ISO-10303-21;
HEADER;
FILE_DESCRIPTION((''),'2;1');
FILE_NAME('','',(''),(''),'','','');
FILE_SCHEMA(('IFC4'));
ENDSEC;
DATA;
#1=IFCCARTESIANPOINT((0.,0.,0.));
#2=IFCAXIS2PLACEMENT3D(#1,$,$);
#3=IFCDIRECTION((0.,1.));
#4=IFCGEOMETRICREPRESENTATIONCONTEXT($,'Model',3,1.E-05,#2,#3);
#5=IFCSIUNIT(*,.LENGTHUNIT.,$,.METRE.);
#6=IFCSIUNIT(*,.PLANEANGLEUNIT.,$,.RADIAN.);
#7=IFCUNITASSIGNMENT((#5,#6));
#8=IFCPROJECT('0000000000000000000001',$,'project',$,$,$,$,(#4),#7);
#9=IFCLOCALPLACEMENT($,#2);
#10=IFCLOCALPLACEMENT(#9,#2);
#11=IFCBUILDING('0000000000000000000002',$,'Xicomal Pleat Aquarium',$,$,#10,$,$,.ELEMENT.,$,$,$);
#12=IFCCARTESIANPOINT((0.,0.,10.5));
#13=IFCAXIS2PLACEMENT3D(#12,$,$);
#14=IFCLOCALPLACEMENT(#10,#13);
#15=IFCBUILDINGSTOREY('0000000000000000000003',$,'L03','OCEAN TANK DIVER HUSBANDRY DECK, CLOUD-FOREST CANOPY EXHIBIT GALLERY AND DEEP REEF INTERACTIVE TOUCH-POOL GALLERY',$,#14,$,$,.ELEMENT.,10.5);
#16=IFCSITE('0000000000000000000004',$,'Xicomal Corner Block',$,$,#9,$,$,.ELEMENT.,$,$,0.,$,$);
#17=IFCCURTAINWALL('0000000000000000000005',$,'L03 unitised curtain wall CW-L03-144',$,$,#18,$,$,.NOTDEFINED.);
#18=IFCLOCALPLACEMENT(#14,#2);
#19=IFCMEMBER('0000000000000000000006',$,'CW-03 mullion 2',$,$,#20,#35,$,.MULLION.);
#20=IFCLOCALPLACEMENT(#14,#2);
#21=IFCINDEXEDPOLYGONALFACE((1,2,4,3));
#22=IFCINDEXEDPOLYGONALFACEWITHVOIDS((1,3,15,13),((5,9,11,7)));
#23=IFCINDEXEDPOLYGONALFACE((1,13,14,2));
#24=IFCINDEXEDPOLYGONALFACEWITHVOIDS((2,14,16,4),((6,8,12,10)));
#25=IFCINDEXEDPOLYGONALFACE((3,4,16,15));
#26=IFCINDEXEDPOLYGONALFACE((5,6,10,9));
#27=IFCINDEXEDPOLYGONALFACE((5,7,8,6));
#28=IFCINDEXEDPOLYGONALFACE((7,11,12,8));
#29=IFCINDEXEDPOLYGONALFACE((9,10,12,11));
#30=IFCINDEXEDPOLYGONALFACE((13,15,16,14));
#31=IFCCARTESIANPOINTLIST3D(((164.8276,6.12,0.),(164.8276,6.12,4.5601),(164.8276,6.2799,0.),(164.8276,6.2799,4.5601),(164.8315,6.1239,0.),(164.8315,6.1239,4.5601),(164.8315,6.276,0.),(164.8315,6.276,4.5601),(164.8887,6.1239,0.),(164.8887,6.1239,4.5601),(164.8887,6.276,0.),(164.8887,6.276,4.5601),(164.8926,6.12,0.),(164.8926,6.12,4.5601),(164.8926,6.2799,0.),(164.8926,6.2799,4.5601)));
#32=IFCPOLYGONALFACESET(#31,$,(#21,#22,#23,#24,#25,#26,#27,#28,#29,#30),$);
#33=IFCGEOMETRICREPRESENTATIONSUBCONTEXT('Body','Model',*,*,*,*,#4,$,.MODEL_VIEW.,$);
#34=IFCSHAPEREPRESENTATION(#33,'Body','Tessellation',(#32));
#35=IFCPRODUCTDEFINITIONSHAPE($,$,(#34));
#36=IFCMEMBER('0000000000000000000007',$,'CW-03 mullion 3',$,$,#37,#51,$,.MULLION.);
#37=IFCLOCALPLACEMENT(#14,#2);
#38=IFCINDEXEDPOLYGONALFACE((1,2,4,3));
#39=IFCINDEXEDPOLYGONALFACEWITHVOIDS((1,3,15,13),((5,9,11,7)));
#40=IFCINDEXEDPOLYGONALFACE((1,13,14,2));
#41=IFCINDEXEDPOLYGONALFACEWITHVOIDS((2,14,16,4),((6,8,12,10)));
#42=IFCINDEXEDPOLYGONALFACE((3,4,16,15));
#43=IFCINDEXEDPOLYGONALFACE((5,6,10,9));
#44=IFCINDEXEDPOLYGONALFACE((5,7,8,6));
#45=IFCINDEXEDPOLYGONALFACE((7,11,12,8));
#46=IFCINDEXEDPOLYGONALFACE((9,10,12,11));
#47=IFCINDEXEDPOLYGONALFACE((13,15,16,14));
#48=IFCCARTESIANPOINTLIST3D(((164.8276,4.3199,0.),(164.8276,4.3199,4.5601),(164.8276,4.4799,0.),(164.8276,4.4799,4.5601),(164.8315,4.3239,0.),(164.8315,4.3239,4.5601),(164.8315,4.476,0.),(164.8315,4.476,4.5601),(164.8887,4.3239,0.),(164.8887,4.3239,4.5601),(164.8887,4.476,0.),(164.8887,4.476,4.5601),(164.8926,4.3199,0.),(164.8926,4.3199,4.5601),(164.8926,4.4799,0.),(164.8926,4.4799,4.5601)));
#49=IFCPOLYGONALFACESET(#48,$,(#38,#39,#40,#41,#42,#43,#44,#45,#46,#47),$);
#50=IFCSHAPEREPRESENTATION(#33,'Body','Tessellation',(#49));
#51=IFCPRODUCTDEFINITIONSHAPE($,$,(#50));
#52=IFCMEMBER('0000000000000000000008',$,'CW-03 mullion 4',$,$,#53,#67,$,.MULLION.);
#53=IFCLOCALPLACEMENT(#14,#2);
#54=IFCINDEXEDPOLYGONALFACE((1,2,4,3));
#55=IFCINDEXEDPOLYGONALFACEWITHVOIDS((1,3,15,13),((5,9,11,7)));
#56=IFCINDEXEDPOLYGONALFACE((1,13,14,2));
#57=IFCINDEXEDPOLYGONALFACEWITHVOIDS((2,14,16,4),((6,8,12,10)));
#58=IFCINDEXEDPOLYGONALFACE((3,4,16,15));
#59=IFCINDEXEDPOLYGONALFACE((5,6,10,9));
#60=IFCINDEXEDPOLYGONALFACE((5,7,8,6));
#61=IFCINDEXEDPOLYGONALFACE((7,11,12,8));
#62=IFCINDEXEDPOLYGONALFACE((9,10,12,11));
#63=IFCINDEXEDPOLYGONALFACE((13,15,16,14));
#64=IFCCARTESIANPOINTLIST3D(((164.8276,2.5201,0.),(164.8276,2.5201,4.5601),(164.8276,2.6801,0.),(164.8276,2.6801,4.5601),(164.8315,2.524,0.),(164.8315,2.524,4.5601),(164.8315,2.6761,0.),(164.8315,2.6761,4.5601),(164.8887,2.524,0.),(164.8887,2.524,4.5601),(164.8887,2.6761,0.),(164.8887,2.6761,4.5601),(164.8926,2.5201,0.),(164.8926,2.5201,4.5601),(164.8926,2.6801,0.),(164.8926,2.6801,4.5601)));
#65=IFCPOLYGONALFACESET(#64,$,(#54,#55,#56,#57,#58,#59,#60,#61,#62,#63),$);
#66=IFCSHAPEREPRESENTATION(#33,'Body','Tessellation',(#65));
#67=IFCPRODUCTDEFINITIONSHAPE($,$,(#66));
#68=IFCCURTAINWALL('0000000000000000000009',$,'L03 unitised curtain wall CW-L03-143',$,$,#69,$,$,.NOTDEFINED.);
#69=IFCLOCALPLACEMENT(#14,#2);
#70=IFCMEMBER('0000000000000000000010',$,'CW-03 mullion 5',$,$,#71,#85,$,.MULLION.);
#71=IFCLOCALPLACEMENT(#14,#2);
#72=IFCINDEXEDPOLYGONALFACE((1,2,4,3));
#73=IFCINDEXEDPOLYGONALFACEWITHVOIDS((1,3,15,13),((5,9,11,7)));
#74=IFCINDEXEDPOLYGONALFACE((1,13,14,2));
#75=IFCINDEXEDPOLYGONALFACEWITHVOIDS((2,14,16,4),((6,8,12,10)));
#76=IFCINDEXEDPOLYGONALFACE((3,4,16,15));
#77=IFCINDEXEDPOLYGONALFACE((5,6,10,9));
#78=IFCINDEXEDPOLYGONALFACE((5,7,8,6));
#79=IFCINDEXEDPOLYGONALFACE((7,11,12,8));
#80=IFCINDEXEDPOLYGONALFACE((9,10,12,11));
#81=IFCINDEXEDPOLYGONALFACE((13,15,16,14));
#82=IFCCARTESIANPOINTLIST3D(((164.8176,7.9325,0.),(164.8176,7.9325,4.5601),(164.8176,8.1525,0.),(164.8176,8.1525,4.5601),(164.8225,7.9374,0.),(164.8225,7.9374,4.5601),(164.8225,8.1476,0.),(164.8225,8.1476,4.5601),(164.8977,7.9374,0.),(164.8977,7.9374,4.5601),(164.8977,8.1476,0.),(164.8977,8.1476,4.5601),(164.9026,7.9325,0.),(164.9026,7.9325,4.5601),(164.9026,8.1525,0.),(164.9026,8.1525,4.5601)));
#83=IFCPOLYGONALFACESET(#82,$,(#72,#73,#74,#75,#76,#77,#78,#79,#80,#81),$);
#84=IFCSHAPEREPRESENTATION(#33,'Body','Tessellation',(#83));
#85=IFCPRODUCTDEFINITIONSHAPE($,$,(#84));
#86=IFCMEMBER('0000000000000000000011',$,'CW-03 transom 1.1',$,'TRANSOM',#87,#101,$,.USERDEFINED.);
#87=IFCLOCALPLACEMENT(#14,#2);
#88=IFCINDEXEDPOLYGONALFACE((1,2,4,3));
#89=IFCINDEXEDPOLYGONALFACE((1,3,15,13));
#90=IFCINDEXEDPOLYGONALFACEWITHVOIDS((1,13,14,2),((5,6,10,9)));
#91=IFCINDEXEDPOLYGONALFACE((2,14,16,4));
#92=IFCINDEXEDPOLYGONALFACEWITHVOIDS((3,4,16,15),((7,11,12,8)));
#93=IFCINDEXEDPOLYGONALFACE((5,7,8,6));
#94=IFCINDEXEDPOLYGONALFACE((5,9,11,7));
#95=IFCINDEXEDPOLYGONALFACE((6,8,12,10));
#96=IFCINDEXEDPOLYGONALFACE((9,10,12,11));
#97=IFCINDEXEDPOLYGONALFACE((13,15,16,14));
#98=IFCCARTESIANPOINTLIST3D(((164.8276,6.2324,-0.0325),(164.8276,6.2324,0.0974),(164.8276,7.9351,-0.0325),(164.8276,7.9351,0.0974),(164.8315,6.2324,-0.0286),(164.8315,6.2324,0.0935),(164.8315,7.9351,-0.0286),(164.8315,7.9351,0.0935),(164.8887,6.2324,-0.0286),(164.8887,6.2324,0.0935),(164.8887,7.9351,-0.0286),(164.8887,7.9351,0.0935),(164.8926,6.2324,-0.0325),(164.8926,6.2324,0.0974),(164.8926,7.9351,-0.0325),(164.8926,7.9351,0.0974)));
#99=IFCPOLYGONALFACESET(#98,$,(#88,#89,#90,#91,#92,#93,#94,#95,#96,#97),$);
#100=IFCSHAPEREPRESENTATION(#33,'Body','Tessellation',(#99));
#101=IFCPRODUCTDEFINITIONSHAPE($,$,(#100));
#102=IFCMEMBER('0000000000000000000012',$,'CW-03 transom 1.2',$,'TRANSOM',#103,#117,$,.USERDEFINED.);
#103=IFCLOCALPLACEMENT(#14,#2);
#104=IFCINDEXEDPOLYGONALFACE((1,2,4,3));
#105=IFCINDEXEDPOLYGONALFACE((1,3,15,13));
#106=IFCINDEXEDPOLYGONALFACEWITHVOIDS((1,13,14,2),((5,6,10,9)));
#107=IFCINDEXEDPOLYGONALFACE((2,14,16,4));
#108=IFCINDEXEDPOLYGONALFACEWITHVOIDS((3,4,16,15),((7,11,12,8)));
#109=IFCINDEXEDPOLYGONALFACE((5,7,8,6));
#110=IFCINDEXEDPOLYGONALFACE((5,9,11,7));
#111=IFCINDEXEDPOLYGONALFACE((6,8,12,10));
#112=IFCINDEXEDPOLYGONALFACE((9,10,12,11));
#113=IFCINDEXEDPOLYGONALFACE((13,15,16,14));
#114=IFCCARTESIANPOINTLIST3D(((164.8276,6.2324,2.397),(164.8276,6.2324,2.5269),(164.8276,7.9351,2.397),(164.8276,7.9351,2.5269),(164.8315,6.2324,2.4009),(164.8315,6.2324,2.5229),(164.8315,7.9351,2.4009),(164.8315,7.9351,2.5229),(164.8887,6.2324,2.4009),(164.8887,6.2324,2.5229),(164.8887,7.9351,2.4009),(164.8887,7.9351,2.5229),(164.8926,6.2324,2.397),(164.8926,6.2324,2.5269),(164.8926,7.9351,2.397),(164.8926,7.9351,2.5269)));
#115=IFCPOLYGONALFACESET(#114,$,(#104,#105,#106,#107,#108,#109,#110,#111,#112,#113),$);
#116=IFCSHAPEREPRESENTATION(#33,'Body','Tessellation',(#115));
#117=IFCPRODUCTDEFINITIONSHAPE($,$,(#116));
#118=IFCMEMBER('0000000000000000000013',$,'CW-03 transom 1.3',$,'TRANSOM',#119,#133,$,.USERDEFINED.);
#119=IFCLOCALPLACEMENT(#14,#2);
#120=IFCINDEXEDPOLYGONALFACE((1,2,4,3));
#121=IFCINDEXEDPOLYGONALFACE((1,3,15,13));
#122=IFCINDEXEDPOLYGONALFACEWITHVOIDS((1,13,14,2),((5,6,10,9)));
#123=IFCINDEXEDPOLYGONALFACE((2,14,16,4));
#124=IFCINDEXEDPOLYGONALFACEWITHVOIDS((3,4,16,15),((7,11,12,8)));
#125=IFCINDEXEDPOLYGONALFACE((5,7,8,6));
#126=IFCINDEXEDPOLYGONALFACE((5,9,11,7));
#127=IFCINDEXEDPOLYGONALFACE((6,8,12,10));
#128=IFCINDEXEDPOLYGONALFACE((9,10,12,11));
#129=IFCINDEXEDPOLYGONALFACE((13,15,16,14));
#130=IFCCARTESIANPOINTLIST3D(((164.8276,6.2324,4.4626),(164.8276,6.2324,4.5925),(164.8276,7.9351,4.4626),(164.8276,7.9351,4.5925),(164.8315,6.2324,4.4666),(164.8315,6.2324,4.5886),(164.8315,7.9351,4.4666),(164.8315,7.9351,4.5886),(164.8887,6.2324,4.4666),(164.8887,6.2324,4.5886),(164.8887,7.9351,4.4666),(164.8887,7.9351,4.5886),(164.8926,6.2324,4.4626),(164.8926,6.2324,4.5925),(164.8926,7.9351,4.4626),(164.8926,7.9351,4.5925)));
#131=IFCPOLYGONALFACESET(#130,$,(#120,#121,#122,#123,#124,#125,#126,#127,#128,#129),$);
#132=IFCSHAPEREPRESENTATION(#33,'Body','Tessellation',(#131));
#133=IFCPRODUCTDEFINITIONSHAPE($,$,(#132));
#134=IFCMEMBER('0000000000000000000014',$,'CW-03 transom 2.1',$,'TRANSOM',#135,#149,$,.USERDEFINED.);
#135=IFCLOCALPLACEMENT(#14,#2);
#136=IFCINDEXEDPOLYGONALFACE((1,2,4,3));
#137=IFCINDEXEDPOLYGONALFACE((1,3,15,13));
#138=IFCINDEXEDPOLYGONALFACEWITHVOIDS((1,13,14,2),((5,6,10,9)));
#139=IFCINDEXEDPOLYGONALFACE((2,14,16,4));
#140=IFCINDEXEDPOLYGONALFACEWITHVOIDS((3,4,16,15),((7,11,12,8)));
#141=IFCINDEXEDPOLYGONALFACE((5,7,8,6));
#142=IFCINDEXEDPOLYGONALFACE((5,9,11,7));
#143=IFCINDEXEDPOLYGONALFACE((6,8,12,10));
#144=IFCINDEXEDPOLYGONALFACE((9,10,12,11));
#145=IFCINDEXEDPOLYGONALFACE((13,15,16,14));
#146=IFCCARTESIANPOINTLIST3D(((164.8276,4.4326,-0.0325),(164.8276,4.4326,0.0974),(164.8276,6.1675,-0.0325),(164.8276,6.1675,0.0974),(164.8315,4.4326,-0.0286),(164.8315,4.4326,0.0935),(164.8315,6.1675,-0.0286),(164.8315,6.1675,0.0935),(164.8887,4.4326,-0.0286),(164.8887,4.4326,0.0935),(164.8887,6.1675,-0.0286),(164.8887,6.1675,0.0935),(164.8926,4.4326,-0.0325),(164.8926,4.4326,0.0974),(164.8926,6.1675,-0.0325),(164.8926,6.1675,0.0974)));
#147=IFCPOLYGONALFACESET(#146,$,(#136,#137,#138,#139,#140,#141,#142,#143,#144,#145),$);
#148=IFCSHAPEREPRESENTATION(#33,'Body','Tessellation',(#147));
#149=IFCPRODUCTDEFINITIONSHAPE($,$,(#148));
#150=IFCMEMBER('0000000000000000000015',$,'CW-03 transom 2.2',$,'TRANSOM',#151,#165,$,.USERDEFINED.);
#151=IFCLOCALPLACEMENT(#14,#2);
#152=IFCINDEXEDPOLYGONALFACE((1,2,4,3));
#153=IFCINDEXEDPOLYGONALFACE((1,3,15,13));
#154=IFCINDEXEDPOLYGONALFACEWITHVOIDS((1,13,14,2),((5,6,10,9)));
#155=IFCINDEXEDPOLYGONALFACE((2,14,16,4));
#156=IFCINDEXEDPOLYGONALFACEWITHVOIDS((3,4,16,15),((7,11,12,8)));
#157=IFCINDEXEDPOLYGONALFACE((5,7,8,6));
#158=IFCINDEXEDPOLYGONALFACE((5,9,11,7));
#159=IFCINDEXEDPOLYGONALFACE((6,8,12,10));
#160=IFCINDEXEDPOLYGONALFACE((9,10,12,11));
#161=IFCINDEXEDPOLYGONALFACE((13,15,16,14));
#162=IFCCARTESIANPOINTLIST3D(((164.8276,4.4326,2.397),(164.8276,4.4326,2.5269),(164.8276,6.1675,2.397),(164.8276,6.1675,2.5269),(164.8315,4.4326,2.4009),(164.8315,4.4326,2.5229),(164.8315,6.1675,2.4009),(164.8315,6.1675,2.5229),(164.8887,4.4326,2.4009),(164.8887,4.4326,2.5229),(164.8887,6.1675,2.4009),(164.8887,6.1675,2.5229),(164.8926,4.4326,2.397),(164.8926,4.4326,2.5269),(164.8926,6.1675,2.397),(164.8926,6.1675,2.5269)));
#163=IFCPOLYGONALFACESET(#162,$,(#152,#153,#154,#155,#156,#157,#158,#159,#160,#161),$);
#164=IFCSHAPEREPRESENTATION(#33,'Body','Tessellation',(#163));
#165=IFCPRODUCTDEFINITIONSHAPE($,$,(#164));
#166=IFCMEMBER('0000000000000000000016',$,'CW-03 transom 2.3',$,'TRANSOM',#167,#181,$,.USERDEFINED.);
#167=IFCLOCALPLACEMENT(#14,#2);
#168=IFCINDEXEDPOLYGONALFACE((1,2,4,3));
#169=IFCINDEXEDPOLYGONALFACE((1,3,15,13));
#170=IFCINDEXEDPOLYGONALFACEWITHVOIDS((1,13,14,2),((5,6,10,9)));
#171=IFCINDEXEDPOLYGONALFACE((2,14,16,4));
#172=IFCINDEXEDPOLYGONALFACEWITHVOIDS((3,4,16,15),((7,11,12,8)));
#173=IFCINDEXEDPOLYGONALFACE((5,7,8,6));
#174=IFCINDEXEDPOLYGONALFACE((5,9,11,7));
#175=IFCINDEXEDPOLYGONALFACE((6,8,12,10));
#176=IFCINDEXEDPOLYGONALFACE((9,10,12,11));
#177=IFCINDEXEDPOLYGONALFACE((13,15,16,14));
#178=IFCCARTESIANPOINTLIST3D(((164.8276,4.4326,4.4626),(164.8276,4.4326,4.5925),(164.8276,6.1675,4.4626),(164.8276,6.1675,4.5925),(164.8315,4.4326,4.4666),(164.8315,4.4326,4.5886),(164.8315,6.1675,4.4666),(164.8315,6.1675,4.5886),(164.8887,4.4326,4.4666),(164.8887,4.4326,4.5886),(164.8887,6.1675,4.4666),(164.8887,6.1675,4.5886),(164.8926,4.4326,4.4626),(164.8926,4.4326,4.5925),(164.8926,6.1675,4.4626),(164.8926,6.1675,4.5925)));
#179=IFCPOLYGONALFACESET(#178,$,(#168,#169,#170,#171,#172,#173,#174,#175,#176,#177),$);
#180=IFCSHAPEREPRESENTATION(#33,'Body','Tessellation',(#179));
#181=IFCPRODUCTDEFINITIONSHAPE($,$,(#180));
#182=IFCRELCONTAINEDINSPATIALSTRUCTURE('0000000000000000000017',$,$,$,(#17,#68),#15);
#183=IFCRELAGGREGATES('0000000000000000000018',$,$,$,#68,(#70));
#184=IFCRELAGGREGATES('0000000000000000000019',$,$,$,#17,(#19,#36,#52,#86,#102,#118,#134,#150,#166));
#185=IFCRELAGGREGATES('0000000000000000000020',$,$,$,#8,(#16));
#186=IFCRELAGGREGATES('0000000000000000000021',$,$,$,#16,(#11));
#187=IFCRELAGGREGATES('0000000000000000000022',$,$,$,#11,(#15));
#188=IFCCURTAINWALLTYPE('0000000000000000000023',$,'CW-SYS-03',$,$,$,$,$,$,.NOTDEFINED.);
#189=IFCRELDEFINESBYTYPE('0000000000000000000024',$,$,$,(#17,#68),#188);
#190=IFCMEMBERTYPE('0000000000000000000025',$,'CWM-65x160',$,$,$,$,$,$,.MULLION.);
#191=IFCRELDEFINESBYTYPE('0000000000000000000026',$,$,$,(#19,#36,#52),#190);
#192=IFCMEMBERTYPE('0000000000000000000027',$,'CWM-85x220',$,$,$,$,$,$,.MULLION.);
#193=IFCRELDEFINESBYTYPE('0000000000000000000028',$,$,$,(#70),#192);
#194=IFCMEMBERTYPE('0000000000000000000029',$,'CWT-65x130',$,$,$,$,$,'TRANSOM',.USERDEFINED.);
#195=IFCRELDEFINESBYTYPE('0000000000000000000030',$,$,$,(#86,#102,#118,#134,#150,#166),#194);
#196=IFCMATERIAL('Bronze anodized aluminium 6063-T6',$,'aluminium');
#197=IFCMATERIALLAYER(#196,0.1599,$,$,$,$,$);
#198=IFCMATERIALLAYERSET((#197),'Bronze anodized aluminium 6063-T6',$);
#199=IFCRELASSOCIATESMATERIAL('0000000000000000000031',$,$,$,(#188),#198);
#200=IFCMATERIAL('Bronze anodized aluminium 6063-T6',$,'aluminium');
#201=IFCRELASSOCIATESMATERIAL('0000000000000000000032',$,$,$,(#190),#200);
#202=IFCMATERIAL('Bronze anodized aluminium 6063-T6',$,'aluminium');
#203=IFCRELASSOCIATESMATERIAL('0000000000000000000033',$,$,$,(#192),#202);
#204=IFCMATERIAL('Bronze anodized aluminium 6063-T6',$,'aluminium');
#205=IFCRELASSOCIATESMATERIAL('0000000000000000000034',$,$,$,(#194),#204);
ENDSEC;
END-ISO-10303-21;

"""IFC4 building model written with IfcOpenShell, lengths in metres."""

from ifc_helpers import new_model, si_unit, direction, frame, origin, origin_2d, place, context, subcontext, project, spatial, hollow_rectangle, extrude, material, layer, layer_set, material_profile, profile_set, type_object, element, aggregate, save


model = new_model("IFC4")

# Units and contexts
model_context = context("Model", 3, precision=1e-05, world=origin(), true_north=direction((0.0, 1.0)))
body_context = subcontext(model_context, "Body", "Model", "MODEL_VIEW")
ifc_project = project(units=[si_unit("LENGTHUNIT", "METRE"), si_unit("PLANEANGLEUNIT", "RADIAN")], contexts=[model_context])

# Site, building, storey
site_placement = place(None, origin())
site = spatial("IfcSite", under=ifc_project, at=site_placement, Name="Xicomal Corner Block", CompositionType="ELEMENT", RefElevation=0.0)
building_placement = place(site_placement, origin())
building = spatial("IfcBuilding", under=site, at=building_placement, Name="Xicomal Pleat Aquarium", CompositionType="ELEMENT")
storey_placement = place(building_placement, frame((0.0, 0.0, 10.5)))
storey = spatial("IfcBuildingStorey", under=building, at=storey_placement, Name="L03", Description="OCEAN TANK DIVER HUSBANDRY DECK, CLOUD-FOREST CANOPY EXHIBIT GALLERY AND DEEP REEF INTERACTIVE TOUCH-POOL GALLERY", CompositionType="ELEMENT", Elevation=10.5)

# Curtain wall, members
ifc_material_1 = material(Name="Bronze anodized aluminium 6063-T6", Category="aluminium")
ifc_layer_1 = layer(ifc_material_1, 0.1599)
ifc_layer_set_1 = layer_set([ifc_layer_1], Name="Bronze anodized aluminium 6063-T6")
curtain_wall_type = type_object("IfcCurtainWallType", Name="CW-SYS-03", PredefinedType="NOTDEFINED", material=ifc_layer_set_1)
curtain_wall_1_placement = place(storey_placement, origin())
curtain_wall_1 = element("IfcCurtainWall", 1, at=curtain_wall_1_placement, inside=storey, type_object=curtain_wall_type, Name="L03 unitised curtain wall CW-L03-144", PredefinedType="NOTDEFINED")
ifc_material_2 = material(Name="Bronze anodized aluminium 6063-T6", Category="aluminium")
ifc_material_profile_1 = material_profile(ifc_material_2, hollow_rectangle(XDim=0.0649, YDim=0.1599, WallThickness=0.0039, at=origin_2d()), Name="ALU MULL 65x160")
ifc_profile_set_1 = profile_set([ifc_material_profile_1], Name="Bronze anodized aluminium 6063-T6")
member_type_1 = type_object("IfcMemberType", Name="CWM-65x160", PredefinedType="MULLION", material=ifc_profile_set_1)
member_1_placement = place(storey_placement, frame((164.8601, 6.2, 0.0), z_axis=(0.0, 0.0, 1.0), x_axis=(1.0, 0.0, 0.0)))
member_1 = element("IfcMember", 2, at=member_1_placement, type_object=member_type_1, Name="CW-03 mullion 2", PredefinedType="MULLION", context=body_context, shape_type="SweptSolid", body=[
    extrude(hollow_rectangle(XDim=0.0649, YDim=0.1599, WallThickness=0.0039, at=origin_2d()), origin(), (0.0, 0.0, 1.0), 4.5601),
])
member_2_placement = place(storey_placement, frame((164.8601, 4.3999, 0.0), z_axis=(0.0, 0.0, 1.0), x_axis=(1.0, 0.0, 0.0)))
member_2 = element("IfcMember", 3, at=member_2_placement, type_object=member_type_1, Name="CW-03 mullion 3", PredefinedType="MULLION", context=body_context, shape_type="SweptSolid", body=[
    extrude(hollow_rectangle(XDim=0.0649, YDim=0.1599, WallThickness=0.0039, at=origin_2d()), origin(), (0.0, 0.0, 1.0), 4.5601),
])
member_3_placement = place(storey_placement, frame((164.8601, 2.6001, 0.0), z_axis=(0.0, 0.0, 1.0), x_axis=(1.0, 0.0, 0.0)))
member_3 = element("IfcMember", 4, at=member_3_placement, type_object=member_type_1, Name="CW-03 mullion 4", PredefinedType="MULLION", context=body_context, shape_type="SweptSolid", body=[
    extrude(hollow_rectangle(XDim=0.0649, YDim=0.1599, WallThickness=0.0039, at=origin_2d()), origin(), (0.0, 0.0, 1.0), 4.5601),
])

# Curtain wall, member
curtain_wall_2_placement = place(storey_placement, origin())
curtain_wall_2 = element("IfcCurtainWall", 5, at=curtain_wall_2_placement, inside=storey, type_object=curtain_wall_type, Name="L03 unitised curtain wall CW-L03-143", PredefinedType="NOTDEFINED")
ifc_material_3 = material(Name="Bronze anodized aluminium 6063-T6", Category="aluminium")
ifc_material_profile_2 = material_profile(ifc_material_3, hollow_rectangle(XDim=0.085, YDim=0.22, WallThickness=0.0049, at=origin_2d()), Name="ALU MULL 85x220")
ifc_profile_set_2 = profile_set([ifc_material_profile_2], Name="Bronze anodized aluminium 6063-T6")
member_type_2 = type_object("IfcMemberType", Name="CWM-85x220", PredefinedType="MULLION", material=ifc_profile_set_2)
member_4_placement = place(storey_placement, frame((164.8601, 8.0425, 0.0), z_axis=(0.0, 0.0, 1.0), x_axis=(1.0, 0.0, 0.0)))
member_4 = element("IfcMember", 6, at=member_4_placement, type_object=member_type_2, Name="CW-03 mullion 5", PredefinedType="MULLION", context=body_context, shape_type="SweptSolid", body=[
    extrude(hollow_rectangle(XDim=0.085, YDim=0.22, WallThickness=0.0049, at=origin_2d()), origin(), (0.0, 0.0, 1.0), 4.5601),
])
aggregate(curtain_wall_2, [member_4])

# Members
ifc_material_4 = material(Name="Bronze anodized aluminium 6063-T6", Category="aluminium")
ifc_material_profile_3 = material_profile(ifc_material_4, hollow_rectangle(XDim=0.0649, YDim=0.1299, WallThickness=0.0039, at=origin_2d()), Name="ALU TRAN 65x130")
ifc_profile_set_3 = profile_set([ifc_material_profile_3], Name="Bronze anodized aluminium 6063-T6")
member_type_3 = type_object("IfcMemberType", Name="CWT-65x130", ElementType="TRANSOM", PredefinedType="USERDEFINED", material=ifc_profile_set_3)
member_5_placement = place(storey_placement, frame((164.8601, 7.9351, 0.0325), z_axis=(0.0, -1.0, 0.0), x_axis=(1.0, 0.0, 0.0)))
member_5 = element("IfcMember", 7, at=member_5_placement, type_object=member_type_3, Name="CW-03 transom 1.1", ObjectType="TRANSOM", PredefinedType="USERDEFINED", context=body_context, shape_type="SweptSolid", body=[
    extrude(hollow_rectangle(XDim=0.0649, YDim=0.1299, WallThickness=0.0039, at=origin_2d()), origin(), (0.0, 0.0, 1.0), 1.7026),
])
member_6_placement = place(storey_placement, frame((164.8601, 7.9351, 2.4619), z_axis=(0.0, -1.0, 0.0), x_axis=(1.0, 0.0, 0.0)))
member_6 = element("IfcMember", 8, at=member_6_placement, type_object=member_type_3, Name="CW-03 transom 1.2", ObjectType="TRANSOM", PredefinedType="USERDEFINED", context=body_context, shape_type="SweptSolid", body=[
    extrude(hollow_rectangle(XDim=0.0649, YDim=0.1299, WallThickness=0.0039, at=origin_2d()), origin(), (0.0, 0.0, 1.0), 1.7026),
])
member_7_placement = place(storey_placement, frame((164.8601, 7.9351, 4.5276), z_axis=(0.0, -1.0, 0.0), x_axis=(1.0, 0.0, 0.0)))
member_7 = element("IfcMember", 9, at=member_7_placement, type_object=member_type_3, Name="CW-03 transom 1.3", ObjectType="TRANSOM", PredefinedType="USERDEFINED", context=body_context, shape_type="SweptSolid", body=[
    extrude(hollow_rectangle(XDim=0.0649, YDim=0.1299, WallThickness=0.0039, at=origin_2d()), origin(), (0.0, 0.0, 1.0), 1.7026),
])
member_8_placement = place(storey_placement, frame((164.8601, 6.1675, 0.0325), z_axis=(0.0, -1.0, 0.0), x_axis=(1.0, 0.0, 0.0)))
member_8 = element("IfcMember", 10, at=member_8_placement, type_object=member_type_3, Name="CW-03 transom 2.1", ObjectType="TRANSOM", PredefinedType="USERDEFINED", context=body_context, shape_type="SweptSolid", body=[
    extrude(hollow_rectangle(XDim=0.0649, YDim=0.1299, WallThickness=0.0039, at=origin_2d()), origin(), (0.0, 0.0, 1.0), 1.7349),
])
member_9_placement = place(storey_placement, frame((164.8601, 6.1675, 2.4619), z_axis=(0.0, -1.0, 0.0), x_axis=(1.0, 0.0, 0.0)))
member_9 = element("IfcMember", 11, at=member_9_placement, type_object=member_type_3, Name="CW-03 transom 2.2", ObjectType="TRANSOM", PredefinedType="USERDEFINED", context=body_context, shape_type="SweptSolid", body=[
    extrude(hollow_rectangle(XDim=0.0649, YDim=0.1299, WallThickness=0.0039, at=origin_2d()), origin(), (0.0, 0.0, 1.0), 1.7349),
])
member_10_placement = place(storey_placement, frame((164.8601, 6.1675, 4.5276), z_axis=(0.0, -1.0, 0.0), x_axis=(1.0, 0.0, 0.0)))
member_10 = element("IfcMember", 12, at=member_10_placement, type_object=member_type_3, Name="CW-03 transom 2.3", ObjectType="TRANSOM", PredefinedType="USERDEFINED", context=body_context, shape_type="SweptSolid", body=[
    extrude(hollow_rectangle(XDim=0.0649, YDim=0.1299, WallThickness=0.0039, at=origin_2d()), origin(), (0.0, 0.0, 1.0), 1.7349),
])

aggregate(curtain_wall_1, [member_1, member_2, member_3, member_5, member_6, member_7, member_8, member_9, member_10])

save(model, "model.ifc")
